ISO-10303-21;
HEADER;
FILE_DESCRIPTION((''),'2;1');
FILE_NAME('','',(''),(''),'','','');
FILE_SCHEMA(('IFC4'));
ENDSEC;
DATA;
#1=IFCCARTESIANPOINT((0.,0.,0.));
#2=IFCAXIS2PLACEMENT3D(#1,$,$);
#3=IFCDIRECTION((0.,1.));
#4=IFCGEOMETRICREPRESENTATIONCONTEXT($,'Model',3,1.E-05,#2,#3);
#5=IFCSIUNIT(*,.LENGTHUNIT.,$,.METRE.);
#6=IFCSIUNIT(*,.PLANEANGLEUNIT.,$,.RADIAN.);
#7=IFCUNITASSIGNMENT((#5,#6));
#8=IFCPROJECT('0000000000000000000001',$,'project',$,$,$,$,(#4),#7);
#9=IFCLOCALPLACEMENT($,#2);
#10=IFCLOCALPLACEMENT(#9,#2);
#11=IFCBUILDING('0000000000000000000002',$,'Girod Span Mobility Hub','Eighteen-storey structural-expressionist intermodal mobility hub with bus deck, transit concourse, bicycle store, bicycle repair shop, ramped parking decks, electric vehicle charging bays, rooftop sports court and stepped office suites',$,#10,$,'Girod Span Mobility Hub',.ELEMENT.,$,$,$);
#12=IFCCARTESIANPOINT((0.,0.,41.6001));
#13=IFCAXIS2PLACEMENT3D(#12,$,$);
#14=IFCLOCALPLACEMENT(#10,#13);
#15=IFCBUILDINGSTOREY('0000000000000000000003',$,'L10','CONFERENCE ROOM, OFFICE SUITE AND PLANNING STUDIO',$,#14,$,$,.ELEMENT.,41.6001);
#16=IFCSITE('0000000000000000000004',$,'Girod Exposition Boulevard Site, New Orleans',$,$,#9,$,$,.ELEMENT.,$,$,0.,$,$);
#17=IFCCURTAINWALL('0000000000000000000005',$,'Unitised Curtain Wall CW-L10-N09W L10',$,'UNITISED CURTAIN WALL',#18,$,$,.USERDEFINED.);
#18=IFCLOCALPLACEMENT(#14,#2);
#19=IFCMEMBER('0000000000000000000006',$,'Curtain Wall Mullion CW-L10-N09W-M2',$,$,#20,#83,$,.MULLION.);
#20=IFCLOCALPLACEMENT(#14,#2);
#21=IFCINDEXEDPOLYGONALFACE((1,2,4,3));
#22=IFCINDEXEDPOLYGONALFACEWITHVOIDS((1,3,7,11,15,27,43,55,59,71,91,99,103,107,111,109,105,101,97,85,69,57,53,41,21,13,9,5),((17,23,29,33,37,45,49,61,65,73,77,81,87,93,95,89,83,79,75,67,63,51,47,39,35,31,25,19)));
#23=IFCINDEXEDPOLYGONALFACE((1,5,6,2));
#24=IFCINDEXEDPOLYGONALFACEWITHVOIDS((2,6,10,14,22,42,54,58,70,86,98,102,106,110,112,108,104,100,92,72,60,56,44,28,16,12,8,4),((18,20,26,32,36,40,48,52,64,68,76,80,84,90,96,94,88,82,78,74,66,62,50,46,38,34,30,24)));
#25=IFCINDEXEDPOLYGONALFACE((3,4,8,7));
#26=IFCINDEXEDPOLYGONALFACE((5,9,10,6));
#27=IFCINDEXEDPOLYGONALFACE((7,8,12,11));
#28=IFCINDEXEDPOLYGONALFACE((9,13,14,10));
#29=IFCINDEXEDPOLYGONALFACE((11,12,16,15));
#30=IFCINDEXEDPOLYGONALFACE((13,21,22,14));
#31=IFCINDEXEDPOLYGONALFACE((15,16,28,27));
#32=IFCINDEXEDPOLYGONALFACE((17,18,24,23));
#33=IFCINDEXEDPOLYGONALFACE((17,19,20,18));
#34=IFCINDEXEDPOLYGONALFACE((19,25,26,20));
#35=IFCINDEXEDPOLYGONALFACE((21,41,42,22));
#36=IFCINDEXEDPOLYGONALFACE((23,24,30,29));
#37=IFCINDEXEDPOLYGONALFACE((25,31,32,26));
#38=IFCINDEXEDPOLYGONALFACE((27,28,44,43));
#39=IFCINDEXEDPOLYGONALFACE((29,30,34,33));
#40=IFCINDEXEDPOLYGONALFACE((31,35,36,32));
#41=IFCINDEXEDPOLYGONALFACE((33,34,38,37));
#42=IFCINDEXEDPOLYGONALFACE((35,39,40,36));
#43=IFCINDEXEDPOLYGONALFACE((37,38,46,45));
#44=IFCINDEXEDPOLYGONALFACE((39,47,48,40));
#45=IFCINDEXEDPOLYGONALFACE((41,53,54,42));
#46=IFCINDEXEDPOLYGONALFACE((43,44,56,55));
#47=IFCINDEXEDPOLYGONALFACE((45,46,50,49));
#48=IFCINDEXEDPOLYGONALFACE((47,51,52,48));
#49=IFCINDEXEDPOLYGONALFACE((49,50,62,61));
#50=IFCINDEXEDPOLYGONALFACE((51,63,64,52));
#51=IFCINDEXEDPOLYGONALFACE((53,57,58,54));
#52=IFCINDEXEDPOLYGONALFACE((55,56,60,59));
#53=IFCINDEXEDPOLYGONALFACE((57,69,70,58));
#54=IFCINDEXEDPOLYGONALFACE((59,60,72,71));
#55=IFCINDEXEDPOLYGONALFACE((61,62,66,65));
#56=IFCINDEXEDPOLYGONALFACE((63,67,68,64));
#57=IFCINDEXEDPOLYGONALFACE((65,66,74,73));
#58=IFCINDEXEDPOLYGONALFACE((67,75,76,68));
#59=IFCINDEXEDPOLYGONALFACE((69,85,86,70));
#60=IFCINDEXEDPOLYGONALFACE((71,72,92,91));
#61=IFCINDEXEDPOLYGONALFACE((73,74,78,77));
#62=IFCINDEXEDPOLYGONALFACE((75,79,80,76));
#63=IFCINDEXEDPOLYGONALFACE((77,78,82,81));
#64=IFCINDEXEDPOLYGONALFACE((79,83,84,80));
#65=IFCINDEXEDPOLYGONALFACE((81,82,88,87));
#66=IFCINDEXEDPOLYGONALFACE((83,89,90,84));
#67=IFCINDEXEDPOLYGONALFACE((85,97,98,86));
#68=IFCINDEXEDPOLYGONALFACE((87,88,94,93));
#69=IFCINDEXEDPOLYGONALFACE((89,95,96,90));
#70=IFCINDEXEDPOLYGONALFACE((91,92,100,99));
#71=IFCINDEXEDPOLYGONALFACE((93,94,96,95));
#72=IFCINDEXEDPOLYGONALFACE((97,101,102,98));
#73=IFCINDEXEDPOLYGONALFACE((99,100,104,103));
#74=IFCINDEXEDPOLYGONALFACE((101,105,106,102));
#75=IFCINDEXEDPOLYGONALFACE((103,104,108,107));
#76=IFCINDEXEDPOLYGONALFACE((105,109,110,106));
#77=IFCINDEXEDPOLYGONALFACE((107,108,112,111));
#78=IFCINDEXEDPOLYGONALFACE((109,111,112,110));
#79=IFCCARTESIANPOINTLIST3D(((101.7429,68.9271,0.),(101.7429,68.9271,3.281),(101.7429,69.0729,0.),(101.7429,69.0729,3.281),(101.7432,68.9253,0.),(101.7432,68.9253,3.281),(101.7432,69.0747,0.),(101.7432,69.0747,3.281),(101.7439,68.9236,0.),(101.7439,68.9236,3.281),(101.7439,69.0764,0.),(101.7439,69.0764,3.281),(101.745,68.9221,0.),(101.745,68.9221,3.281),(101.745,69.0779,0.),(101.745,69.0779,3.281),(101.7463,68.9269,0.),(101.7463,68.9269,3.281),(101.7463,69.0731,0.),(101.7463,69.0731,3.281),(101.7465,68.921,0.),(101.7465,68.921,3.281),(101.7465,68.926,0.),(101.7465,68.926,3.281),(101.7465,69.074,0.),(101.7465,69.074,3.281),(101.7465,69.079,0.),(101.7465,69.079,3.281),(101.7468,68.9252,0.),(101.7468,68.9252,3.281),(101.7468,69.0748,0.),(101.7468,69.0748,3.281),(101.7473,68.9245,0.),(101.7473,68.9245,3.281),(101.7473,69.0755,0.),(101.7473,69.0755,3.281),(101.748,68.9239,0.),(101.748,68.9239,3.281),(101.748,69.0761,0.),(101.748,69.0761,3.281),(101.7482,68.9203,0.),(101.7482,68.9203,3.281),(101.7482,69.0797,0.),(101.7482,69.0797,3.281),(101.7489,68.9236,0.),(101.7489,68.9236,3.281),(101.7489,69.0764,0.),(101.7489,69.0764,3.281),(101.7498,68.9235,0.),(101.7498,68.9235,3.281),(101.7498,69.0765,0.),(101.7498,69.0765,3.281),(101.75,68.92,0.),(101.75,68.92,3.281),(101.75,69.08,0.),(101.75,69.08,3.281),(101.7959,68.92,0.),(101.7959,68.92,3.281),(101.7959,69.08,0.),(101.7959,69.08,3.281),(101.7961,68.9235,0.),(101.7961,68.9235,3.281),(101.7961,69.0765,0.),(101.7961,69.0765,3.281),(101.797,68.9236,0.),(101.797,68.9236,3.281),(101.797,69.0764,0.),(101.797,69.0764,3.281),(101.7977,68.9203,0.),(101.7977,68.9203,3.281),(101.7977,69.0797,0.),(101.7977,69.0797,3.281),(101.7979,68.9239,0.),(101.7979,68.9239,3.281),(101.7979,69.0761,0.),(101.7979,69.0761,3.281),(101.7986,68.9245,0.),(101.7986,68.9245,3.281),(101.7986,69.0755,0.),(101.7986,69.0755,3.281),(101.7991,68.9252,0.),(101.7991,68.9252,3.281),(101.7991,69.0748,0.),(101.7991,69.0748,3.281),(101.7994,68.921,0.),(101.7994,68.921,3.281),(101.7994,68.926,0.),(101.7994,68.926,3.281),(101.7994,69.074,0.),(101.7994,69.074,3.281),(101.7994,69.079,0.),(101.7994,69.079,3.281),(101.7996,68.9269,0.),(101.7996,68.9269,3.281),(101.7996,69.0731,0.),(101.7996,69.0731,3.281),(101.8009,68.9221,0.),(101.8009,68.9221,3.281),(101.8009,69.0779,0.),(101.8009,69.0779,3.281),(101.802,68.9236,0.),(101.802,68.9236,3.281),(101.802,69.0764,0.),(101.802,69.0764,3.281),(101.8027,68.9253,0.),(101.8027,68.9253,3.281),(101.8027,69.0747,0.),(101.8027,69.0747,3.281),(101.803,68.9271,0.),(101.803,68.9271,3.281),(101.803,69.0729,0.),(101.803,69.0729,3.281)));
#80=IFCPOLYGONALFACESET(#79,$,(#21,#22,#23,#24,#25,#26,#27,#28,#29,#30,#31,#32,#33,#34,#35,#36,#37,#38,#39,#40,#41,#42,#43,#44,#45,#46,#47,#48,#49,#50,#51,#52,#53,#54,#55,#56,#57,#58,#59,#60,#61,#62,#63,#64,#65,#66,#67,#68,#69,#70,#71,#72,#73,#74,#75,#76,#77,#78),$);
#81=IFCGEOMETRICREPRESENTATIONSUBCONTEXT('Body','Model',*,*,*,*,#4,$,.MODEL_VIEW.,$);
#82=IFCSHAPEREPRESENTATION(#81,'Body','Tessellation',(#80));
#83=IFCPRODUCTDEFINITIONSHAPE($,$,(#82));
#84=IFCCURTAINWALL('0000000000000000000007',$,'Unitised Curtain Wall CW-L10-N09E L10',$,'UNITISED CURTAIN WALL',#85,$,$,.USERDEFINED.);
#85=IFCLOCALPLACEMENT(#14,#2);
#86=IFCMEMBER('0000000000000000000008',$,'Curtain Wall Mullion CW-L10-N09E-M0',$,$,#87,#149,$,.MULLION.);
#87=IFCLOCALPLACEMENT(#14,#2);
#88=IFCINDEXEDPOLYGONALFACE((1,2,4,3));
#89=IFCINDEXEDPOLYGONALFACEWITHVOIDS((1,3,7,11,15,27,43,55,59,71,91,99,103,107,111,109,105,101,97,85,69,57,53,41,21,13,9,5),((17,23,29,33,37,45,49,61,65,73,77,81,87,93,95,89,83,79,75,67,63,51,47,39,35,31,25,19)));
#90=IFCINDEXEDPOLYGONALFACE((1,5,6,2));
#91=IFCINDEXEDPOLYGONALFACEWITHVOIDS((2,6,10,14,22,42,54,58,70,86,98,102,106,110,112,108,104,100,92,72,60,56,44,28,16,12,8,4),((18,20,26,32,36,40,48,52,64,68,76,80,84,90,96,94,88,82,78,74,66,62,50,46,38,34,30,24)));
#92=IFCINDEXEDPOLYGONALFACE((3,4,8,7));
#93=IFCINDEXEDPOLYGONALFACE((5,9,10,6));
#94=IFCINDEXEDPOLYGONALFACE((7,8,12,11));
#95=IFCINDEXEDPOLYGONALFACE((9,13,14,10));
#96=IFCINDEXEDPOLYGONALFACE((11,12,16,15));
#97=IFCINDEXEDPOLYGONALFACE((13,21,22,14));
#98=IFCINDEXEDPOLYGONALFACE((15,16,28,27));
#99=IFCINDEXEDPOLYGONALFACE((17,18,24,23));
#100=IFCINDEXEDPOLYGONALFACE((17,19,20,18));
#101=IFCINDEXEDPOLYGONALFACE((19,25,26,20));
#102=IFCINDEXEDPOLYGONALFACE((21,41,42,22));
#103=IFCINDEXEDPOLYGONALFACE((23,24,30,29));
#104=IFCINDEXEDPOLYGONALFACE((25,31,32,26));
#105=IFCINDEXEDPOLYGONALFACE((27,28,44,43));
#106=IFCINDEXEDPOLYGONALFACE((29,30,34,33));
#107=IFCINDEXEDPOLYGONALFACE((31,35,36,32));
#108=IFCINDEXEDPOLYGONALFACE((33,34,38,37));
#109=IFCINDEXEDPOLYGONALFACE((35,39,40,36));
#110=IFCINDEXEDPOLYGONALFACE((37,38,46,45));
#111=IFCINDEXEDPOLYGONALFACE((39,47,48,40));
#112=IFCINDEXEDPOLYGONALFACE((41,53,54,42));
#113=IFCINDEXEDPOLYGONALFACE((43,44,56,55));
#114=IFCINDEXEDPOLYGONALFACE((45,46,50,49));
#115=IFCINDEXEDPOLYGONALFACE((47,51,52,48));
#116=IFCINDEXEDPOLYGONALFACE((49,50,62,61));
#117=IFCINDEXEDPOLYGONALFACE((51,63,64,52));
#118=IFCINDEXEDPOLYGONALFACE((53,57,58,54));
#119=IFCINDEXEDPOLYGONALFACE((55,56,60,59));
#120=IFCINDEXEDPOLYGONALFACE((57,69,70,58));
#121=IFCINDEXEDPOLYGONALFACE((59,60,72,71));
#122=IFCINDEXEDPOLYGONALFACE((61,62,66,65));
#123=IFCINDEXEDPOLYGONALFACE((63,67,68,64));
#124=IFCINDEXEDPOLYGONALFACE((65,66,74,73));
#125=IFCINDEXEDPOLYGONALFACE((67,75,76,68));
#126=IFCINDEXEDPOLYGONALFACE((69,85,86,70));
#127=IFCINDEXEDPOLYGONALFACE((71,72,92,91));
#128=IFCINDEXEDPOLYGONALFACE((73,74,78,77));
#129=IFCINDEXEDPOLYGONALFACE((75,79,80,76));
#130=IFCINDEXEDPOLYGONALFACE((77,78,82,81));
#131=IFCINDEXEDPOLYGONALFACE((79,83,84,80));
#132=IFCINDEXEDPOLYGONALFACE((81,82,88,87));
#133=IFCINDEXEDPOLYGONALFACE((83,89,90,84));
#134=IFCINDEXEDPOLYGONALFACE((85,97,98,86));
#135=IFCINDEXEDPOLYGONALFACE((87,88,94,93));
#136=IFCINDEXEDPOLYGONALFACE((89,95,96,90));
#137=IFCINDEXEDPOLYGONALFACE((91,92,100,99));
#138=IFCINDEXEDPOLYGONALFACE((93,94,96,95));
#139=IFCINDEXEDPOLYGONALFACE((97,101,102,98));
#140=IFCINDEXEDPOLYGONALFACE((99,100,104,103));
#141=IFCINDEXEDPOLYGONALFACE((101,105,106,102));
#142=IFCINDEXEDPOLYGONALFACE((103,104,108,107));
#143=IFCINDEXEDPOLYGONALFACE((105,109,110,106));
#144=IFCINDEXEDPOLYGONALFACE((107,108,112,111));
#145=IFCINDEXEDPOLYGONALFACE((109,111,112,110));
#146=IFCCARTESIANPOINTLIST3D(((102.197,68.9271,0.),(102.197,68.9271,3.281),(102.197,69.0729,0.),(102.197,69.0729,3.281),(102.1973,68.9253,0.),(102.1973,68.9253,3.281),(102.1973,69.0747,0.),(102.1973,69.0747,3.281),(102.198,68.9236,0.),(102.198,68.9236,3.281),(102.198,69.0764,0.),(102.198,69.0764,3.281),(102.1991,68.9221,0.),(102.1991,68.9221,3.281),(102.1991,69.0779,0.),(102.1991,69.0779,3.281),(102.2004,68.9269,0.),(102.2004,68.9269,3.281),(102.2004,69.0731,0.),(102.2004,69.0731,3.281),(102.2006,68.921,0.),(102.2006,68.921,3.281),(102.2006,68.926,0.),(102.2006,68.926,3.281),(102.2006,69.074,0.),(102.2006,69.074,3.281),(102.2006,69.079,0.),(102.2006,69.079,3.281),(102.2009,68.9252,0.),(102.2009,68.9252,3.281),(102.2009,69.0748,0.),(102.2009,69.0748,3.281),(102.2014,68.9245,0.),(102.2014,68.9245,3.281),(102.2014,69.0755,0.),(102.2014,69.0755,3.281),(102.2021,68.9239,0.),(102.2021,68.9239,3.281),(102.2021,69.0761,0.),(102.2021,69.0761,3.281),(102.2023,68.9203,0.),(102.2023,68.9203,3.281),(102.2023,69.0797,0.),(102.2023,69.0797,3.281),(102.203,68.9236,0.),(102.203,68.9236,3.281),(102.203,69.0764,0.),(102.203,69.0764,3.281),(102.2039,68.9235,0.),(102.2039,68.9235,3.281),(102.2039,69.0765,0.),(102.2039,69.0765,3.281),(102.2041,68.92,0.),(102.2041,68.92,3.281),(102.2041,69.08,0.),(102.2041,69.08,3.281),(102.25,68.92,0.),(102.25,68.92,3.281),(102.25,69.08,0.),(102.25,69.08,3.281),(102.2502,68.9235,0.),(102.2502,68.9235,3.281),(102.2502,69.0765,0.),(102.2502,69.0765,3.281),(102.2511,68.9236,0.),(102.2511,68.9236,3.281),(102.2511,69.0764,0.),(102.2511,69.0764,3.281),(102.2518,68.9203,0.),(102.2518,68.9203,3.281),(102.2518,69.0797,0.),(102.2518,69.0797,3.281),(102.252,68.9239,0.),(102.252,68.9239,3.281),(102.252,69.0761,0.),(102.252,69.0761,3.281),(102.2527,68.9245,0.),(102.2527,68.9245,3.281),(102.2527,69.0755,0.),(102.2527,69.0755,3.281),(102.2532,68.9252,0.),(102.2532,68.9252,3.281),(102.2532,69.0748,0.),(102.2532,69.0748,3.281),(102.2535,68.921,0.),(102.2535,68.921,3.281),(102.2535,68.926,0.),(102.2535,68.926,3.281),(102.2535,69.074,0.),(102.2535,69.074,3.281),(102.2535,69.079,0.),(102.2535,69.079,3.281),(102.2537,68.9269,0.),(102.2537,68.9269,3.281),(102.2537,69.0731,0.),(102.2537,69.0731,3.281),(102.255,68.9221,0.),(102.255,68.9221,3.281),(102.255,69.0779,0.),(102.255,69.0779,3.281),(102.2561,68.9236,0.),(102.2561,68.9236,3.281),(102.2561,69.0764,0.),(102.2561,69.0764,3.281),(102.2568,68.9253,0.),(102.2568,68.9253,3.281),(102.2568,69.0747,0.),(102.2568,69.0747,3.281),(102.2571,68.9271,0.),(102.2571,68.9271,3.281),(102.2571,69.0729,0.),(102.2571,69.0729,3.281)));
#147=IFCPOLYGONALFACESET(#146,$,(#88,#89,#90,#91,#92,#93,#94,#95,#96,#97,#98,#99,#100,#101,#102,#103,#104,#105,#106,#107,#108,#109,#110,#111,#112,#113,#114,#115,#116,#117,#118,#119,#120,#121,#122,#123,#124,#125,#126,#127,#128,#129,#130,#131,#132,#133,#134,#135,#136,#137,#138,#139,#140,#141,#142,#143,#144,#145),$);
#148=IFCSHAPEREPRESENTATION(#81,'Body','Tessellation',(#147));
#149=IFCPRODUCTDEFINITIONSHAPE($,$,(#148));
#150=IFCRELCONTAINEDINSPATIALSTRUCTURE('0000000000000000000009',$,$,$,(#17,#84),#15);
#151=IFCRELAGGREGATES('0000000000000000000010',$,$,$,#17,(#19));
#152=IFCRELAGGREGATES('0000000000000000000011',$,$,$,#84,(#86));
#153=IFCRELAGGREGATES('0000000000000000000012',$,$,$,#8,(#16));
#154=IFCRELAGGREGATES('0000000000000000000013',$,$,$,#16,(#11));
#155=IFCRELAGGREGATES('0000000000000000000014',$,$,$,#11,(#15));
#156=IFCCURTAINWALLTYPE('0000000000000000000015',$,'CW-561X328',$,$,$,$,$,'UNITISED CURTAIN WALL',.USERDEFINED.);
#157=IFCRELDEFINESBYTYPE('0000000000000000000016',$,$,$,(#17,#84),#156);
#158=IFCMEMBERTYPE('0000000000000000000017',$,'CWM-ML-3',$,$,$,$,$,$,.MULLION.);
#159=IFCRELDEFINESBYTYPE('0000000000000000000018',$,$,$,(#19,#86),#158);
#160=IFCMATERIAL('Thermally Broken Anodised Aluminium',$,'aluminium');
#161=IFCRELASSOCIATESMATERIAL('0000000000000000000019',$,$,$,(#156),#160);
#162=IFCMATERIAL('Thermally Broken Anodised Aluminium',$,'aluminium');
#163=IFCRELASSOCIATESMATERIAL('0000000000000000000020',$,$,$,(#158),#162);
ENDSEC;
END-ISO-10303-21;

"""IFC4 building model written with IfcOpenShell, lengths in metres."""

from ifc_helpers import new_model, si_unit, direction, frame, origin, origin_2d, place, context, subcontext, project, spatial, hollow_rectangle, extrude, material, material_profile, profile_set, type_object, element, aggregate, save


model = new_model("IFC4")

# Units and contexts
model_context = context("Model", 3, precision=1e-05, world=origin(), true_north=direction((0.0, 1.0)))
body_context = subcontext(model_context, "Body", "Model", "MODEL_VIEW")
ifc_project = project(units=[si_unit("LENGTHUNIT", "METRE"), si_unit("PLANEANGLEUNIT", "RADIAN")], contexts=[model_context])

# Site, building, storey
site_placement = place(None, origin())
site = spatial("IfcSite", under=ifc_project, at=site_placement, Name="Girod Exposition Boulevard Site, New Orleans", CompositionType="ELEMENT", RefElevation=0.0)
building_placement = place(site_placement, origin())
building = spatial("IfcBuilding", under=site, at=building_placement, Name="Girod Span Mobility Hub", Description="Eighteen-storey structural-expressionist intermodal mobility hub with bus deck, transit concourse, bicycle store, bicycle repair shop, ramped parking decks, electric vehicle charging bays, rooftop sports court and stepped office suites", LongName="Girod Span Mobility Hub", CompositionType="ELEMENT")
storey_placement = place(building_placement, frame((0.0, 0.0, 41.6001)))
storey = spatial("IfcBuildingStorey", under=building, at=storey_placement, Name="L10", Description="CONFERENCE ROOM, OFFICE SUITE AND PLANNING STUDIO", CompositionType="ELEMENT", Elevation=41.6001)

# Curtain walls, members
ifc_material_1 = material(Name="Thermally Broken Anodised Aluminium", Category="aluminium")
curtain_wall_type = type_object("IfcCurtainWallType", Name="CW-561X328", ElementType="UNITISED CURTAIN WALL", PredefinedType="USERDEFINED", material=ifc_material_1)
curtain_wall_1_placement = place(storey_placement, origin())
curtain_wall_1 = element("IfcCurtainWall", 1, at=curtain_wall_1_placement, inside=storey, type_object=curtain_wall_type, Name="Unitised Curtain Wall CW-L10-N09W L10", ObjectType="UNITISED CURTAIN WALL", PredefinedType="USERDEFINED")
ifc_material_2 = material(Name="Thermally Broken Anodised Aluminium", Category="aluminium")
ifc_material_profile_1 = material_profile(ifc_material_2, hollow_rectangle(XDim=0.1599, YDim=0.0601, WallThickness=0.0034, InnerFilletRadius=0.0034, OuterFilletRadius=0.0071, at=origin_2d()), Name="CW-ML-60X160")
ifc_profile_set_1 = profile_set([ifc_material_profile_1], Name="Thermally Broken Anodised Aluminium")
member_type_1 = type_object("IfcMemberType", Name="CWM-ML-3", PredefinedType="MULLION", material=ifc_profile_set_1)
member_1_placement = place(storey_placement, frame((101.7729, 69.0, 0.0), z_axis=(0.0, 0.0, 1.0), x_axis=(0.0, 1.0, 0.0)))
member_1 = element("IfcMember", 2, at=member_1_placement, type_object=member_type_1, Name="Curtain Wall Mullion CW-L10-N09W-M2", PredefinedType="MULLION", context=body_context, shape_type="SweptSolid", body=[
    extrude(hollow_rectangle(XDim=0.1599, YDim=0.0601, WallThickness=0.0034, InnerFilletRadius=0.0034, OuterFilletRadius=0.0071, at=origin_2d()), origin(), (0.0, 0.0, 1.0), 3.281),
])
curtain_wall_2_placement = place(storey_placement, origin())
curtain_wall_2 = element("IfcCurtainWall", 3, at=curtain_wall_2_placement, inside=storey, type_object=curtain_wall_type, Name="Unitised Curtain Wall CW-L10-N09E L10", ObjectType="UNITISED CURTAIN WALL", PredefinedType="USERDEFINED")
member_2_placement = place(storey_placement, frame((102.2271, 69.0, 0.0), z_axis=(0.0, 0.0, 1.0), x_axis=(0.0, 1.0, 0.0)))
member_2 = element("IfcMember", 4, at=member_2_placement, type_object=member_type_1, Name="Curtain Wall Mullion CW-L10-N09E-M0", PredefinedType="MULLION", context=body_context, shape_type="SweptSolid", body=[
    extrude(hollow_rectangle(XDim=0.1599, YDim=0.0601, WallThickness=0.0034, InnerFilletRadius=0.0034, OuterFilletRadius=0.0071, at=origin_2d()), origin(), (0.0, 0.0, 1.0), 3.281),
])

aggregate(curtain_wall_1, [member_1])
aggregate(curtain_wall_2, [member_2])

save(model, "model.ifc")
